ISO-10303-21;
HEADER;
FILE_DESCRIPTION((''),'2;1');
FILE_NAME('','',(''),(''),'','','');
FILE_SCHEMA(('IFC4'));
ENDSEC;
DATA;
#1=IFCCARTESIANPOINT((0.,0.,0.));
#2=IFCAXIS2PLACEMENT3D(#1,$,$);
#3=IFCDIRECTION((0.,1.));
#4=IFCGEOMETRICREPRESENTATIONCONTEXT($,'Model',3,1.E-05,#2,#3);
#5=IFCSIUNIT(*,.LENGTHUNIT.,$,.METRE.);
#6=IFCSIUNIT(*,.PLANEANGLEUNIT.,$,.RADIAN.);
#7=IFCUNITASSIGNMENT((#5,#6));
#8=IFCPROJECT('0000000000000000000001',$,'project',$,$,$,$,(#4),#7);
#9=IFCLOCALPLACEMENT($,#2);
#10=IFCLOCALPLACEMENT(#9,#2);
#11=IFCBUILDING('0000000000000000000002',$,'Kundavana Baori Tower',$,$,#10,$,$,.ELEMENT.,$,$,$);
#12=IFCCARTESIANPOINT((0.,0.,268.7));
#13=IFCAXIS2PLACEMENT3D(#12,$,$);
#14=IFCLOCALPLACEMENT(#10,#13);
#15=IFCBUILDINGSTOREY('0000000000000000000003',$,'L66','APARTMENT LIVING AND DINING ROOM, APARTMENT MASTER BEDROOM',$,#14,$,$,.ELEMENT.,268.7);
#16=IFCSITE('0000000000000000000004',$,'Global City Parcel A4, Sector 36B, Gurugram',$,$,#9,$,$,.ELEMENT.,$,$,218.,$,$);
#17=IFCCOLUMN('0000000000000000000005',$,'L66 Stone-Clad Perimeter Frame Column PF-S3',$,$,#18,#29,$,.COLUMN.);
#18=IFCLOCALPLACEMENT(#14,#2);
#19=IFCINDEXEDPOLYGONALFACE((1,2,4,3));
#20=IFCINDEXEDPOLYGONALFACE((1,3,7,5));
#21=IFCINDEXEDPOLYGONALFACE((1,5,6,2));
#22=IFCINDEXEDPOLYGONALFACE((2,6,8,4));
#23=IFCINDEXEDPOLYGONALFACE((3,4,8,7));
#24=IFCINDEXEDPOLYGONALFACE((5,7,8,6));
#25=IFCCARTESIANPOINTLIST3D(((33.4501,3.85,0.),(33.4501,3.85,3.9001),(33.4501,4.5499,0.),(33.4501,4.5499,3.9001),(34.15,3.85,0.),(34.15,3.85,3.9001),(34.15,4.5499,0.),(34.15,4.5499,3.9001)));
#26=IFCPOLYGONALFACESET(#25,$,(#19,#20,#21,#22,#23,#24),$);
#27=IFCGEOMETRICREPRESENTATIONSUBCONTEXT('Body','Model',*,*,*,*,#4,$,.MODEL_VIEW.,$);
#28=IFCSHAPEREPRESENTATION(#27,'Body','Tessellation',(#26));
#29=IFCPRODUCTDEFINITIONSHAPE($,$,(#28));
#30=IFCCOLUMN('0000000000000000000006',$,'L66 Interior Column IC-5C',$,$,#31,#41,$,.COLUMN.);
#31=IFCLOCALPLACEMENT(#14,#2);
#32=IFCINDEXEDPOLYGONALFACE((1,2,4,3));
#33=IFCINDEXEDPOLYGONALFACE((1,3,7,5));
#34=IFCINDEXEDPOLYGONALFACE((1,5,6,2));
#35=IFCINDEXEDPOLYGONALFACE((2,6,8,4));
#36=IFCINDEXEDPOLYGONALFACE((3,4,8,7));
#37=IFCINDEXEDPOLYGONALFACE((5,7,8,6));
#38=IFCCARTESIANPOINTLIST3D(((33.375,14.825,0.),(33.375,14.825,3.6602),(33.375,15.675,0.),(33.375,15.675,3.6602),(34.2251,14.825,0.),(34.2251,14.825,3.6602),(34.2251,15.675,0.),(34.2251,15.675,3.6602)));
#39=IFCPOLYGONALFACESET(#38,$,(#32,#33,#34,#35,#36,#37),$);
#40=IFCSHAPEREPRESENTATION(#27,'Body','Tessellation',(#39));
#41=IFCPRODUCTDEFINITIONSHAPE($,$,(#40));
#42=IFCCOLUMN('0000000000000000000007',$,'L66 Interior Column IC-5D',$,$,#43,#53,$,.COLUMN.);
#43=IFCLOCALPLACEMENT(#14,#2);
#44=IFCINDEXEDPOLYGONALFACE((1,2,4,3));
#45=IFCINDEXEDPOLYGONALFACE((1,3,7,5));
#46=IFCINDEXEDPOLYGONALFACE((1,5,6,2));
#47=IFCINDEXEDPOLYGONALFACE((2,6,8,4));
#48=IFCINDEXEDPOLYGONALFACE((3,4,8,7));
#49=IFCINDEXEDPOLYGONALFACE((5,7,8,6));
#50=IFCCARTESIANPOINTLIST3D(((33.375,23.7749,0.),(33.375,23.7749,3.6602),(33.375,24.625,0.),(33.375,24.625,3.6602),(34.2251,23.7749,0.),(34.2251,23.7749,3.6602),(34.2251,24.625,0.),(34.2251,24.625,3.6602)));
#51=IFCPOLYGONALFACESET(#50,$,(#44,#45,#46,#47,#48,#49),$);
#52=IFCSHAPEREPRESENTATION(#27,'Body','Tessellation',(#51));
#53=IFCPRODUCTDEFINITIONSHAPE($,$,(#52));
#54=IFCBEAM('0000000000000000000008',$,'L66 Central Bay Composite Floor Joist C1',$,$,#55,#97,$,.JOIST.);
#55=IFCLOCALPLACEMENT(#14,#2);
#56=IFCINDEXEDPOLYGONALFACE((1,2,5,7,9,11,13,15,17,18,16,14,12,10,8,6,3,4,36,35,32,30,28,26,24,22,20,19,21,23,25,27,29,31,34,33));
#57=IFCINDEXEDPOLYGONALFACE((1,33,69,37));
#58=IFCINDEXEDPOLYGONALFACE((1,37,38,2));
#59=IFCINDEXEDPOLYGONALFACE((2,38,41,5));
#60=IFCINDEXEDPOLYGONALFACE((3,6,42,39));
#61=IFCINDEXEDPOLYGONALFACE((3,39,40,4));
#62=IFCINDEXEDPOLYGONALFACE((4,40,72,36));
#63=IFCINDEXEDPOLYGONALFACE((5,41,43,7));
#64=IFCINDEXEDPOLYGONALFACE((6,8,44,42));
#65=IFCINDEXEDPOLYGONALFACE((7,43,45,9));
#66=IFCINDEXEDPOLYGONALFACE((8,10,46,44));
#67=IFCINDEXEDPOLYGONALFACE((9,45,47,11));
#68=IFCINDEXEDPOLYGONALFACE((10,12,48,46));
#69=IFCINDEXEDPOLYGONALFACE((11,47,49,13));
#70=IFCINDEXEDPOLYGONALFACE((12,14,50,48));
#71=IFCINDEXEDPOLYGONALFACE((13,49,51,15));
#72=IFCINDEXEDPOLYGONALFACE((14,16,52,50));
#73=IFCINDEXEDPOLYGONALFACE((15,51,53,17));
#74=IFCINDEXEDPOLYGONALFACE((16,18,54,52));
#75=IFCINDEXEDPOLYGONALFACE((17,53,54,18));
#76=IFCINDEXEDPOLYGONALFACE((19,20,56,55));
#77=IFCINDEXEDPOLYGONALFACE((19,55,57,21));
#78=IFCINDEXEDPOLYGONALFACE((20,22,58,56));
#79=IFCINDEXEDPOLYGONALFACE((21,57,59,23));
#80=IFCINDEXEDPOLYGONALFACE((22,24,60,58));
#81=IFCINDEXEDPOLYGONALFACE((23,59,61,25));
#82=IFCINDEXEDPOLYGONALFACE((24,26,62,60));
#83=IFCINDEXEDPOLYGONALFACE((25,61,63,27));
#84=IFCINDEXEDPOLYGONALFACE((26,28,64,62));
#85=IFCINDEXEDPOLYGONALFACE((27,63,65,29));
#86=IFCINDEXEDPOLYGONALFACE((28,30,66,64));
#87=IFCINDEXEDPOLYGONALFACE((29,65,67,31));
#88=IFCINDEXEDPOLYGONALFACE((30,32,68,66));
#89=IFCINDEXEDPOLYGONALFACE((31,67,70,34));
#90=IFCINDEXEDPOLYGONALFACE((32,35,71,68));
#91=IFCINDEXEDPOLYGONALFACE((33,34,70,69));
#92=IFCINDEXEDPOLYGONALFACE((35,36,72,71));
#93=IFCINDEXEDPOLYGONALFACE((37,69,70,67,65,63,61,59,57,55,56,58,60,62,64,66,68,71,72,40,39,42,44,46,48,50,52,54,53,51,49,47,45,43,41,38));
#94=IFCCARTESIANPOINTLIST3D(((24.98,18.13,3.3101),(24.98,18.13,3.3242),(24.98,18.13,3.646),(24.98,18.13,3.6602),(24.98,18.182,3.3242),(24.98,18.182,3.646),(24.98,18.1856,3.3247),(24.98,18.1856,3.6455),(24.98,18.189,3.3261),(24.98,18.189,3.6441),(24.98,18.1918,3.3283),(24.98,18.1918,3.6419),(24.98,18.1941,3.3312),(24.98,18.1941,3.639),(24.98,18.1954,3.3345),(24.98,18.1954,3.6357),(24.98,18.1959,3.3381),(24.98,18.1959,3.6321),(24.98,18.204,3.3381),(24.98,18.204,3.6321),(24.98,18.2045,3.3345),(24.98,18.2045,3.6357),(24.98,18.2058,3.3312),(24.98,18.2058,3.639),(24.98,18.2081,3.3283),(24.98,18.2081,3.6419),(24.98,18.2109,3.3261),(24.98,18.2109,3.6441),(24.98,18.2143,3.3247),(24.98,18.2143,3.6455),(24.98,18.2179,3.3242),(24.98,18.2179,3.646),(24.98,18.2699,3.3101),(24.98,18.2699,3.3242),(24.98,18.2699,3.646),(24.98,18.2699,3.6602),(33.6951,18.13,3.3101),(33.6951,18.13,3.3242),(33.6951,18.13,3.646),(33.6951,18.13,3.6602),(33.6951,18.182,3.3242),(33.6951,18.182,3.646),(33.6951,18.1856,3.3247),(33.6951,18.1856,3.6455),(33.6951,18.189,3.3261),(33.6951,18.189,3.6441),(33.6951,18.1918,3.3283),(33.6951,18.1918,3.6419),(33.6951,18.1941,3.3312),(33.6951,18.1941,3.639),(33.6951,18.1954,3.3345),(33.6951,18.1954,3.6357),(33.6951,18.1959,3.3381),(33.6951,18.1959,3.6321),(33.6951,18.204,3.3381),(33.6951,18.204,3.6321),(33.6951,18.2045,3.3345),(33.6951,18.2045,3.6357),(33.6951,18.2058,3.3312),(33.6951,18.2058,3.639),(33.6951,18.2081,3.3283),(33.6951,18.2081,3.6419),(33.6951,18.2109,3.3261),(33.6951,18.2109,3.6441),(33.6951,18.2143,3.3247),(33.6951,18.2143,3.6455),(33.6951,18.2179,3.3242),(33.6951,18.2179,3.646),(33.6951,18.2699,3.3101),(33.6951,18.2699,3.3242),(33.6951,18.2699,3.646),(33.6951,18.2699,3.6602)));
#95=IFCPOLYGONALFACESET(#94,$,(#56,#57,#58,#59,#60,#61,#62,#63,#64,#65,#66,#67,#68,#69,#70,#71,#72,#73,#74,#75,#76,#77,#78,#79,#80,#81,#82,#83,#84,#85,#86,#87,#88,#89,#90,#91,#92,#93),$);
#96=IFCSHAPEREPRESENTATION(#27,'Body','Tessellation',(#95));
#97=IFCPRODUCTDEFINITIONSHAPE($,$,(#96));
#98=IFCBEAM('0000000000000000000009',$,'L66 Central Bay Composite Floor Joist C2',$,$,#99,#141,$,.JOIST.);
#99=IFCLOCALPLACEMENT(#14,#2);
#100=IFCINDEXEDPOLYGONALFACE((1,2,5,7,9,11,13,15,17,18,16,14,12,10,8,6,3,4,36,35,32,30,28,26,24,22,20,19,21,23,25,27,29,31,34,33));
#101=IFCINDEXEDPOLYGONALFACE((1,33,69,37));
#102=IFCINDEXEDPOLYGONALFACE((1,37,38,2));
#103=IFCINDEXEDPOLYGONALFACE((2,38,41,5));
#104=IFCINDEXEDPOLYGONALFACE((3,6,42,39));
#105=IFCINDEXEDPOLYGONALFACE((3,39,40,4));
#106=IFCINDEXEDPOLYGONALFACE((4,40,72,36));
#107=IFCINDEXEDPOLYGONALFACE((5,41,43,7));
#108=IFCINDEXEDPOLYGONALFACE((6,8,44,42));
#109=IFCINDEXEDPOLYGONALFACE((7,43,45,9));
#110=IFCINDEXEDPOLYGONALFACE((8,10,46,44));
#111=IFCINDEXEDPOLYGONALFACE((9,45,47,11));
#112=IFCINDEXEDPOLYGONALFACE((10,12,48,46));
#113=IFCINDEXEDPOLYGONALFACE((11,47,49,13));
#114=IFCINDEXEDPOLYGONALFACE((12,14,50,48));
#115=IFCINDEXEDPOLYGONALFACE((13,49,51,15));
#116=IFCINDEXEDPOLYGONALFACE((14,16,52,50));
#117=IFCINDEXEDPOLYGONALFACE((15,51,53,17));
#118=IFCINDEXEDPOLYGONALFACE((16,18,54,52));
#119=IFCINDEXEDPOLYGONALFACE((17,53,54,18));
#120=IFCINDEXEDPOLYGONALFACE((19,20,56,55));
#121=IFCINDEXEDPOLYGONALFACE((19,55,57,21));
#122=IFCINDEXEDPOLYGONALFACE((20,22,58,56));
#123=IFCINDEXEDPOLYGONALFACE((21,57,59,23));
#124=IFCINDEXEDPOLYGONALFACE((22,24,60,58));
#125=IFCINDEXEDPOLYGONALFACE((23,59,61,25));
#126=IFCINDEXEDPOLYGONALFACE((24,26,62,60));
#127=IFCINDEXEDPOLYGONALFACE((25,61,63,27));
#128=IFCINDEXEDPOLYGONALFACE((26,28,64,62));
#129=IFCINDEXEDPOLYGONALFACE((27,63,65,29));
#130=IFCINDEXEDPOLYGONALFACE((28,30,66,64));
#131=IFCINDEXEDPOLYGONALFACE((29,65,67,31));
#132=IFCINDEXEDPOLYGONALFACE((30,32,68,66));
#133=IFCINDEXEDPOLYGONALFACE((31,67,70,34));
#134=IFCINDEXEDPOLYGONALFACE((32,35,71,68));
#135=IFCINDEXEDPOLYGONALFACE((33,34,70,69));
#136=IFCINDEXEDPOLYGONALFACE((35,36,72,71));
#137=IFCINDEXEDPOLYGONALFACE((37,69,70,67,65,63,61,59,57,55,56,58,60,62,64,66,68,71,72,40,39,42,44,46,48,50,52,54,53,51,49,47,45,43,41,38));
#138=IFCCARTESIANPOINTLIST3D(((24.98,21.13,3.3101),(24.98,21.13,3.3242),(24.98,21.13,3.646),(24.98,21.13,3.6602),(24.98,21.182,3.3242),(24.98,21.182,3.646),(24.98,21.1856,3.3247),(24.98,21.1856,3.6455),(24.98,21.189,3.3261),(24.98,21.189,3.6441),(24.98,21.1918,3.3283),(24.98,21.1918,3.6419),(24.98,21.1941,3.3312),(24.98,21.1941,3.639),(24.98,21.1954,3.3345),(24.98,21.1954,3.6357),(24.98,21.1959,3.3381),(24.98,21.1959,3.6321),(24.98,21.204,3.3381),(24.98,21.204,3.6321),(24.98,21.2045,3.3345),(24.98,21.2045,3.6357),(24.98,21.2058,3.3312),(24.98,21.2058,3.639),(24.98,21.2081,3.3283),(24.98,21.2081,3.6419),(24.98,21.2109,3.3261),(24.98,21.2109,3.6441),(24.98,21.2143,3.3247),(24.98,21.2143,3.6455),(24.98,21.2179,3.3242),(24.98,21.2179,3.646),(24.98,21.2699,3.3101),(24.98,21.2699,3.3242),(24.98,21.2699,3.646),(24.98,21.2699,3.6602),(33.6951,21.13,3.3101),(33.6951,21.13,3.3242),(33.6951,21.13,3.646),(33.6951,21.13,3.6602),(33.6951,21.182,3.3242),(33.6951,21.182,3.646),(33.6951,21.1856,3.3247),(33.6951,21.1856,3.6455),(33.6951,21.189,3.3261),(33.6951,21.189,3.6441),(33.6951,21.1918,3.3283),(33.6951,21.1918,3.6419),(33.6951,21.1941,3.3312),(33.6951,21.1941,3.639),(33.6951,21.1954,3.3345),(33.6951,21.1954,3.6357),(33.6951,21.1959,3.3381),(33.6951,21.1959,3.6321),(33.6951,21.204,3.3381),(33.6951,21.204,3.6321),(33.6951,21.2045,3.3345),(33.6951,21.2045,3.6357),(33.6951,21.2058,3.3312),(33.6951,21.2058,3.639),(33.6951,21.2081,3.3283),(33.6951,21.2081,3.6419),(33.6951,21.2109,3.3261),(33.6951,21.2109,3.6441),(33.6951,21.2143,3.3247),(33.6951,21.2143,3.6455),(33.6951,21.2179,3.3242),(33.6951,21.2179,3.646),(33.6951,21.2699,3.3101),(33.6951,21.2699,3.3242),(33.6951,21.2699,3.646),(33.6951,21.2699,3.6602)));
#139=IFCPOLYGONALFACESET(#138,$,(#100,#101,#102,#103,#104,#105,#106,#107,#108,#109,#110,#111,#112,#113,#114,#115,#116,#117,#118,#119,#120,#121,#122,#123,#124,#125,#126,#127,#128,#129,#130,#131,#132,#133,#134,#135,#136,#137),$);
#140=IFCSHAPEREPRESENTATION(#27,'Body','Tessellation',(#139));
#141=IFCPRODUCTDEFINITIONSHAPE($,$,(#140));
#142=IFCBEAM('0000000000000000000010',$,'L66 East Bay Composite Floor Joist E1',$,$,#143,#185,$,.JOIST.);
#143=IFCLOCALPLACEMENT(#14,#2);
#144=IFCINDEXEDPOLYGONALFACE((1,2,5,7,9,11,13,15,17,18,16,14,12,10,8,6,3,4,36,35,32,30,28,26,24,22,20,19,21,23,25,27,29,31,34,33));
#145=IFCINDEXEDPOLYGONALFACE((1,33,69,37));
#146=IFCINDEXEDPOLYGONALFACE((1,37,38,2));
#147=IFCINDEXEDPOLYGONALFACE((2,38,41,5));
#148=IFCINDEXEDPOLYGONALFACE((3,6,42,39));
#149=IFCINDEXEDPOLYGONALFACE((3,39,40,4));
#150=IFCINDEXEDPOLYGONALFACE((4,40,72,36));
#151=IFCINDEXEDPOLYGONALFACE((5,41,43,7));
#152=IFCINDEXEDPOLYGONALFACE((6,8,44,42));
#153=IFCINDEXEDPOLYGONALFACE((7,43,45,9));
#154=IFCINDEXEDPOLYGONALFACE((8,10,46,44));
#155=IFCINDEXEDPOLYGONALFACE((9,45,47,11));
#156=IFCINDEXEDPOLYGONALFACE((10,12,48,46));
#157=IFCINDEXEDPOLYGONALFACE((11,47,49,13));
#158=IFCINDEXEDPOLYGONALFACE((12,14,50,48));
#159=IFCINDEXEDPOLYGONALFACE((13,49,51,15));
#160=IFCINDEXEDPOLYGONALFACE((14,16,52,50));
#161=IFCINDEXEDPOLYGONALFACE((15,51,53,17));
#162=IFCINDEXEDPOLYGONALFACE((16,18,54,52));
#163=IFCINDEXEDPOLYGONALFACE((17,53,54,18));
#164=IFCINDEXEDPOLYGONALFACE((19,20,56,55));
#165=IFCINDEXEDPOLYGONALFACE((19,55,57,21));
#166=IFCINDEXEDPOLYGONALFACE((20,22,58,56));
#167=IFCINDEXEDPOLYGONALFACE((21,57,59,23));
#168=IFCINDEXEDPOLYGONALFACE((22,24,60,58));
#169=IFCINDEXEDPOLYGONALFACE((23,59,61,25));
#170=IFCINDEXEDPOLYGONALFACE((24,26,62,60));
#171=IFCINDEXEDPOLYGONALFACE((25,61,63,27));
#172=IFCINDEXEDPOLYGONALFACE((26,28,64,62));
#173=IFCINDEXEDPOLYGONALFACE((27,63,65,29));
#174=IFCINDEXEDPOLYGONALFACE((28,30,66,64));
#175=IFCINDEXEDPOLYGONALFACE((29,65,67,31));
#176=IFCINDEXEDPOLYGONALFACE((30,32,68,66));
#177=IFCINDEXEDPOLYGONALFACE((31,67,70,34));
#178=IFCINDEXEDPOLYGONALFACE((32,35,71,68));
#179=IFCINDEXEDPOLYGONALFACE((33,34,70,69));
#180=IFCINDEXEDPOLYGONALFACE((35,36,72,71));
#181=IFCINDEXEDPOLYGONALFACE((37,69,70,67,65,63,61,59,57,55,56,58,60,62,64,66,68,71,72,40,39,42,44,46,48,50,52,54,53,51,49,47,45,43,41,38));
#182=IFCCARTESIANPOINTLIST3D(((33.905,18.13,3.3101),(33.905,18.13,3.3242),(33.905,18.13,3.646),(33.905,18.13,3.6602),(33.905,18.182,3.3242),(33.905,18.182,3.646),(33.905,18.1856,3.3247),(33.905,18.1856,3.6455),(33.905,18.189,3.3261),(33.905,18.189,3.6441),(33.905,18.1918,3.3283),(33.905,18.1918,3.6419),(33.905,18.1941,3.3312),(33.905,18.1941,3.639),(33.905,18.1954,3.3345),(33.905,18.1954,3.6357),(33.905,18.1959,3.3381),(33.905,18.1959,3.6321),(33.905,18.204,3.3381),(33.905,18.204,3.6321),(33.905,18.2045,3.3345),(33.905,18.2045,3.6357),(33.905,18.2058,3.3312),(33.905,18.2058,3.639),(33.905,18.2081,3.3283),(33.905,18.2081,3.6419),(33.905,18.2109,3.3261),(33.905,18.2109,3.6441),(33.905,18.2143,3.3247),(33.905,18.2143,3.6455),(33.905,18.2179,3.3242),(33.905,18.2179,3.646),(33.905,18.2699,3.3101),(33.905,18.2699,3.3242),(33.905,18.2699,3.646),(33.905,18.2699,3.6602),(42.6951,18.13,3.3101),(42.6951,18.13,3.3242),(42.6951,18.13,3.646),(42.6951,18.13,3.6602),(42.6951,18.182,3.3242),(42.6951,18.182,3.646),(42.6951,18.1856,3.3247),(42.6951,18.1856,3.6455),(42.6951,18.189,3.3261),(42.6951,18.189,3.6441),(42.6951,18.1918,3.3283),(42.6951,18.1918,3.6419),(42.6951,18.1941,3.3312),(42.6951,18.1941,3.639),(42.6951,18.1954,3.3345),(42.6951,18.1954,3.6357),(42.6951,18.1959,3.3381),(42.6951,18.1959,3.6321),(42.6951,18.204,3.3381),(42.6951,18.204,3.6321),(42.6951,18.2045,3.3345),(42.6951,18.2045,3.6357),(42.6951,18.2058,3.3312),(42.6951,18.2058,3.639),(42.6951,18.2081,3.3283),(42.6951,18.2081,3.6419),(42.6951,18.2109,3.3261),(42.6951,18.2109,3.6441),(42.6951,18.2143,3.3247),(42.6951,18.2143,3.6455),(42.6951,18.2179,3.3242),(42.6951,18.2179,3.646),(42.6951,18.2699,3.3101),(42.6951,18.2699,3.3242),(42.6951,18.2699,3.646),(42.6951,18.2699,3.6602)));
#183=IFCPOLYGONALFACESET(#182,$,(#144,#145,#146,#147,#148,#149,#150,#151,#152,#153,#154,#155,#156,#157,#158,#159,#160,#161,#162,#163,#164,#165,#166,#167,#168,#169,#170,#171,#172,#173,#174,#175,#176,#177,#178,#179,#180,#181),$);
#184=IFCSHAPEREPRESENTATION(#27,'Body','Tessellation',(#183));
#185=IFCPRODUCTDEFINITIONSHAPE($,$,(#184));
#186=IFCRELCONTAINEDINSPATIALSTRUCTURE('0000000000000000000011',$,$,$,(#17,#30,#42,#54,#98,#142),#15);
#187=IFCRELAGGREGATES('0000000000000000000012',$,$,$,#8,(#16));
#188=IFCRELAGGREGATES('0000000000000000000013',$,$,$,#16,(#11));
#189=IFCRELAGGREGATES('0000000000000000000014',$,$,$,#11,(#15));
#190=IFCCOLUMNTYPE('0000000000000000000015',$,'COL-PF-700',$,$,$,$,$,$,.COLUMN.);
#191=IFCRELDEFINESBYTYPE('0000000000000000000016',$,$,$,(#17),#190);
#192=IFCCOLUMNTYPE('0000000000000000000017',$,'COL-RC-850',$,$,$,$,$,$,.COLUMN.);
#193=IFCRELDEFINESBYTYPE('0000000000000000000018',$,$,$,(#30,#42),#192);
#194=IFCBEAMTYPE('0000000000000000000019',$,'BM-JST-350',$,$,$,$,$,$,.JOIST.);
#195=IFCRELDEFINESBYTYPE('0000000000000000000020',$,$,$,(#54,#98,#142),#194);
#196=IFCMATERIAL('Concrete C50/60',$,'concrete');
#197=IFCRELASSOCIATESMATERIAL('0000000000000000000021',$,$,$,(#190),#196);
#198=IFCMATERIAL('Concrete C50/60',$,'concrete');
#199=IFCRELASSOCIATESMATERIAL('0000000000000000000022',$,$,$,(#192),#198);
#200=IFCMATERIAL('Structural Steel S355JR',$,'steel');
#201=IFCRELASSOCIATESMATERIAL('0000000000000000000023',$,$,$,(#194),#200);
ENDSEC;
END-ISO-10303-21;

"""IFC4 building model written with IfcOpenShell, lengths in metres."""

from ifc_helpers import new_model, si_unit, direction, frame, origin, origin_2d, place, context, subcontext, project, spatial, rectangle, i_section, extrude, material, material_profile, profile_set, type_object, element, save


model = new_model("IFC4")

# Units and contexts
model_context = context("Model", 3, precision=1e-05, world=origin(), true_north=direction((0.0, 1.0)))
body_context = subcontext(model_context, "Body", "Model", "MODEL_VIEW")
ifc_project = project(units=[si_unit("LENGTHUNIT", "METRE"), si_unit("PLANEANGLEUNIT", "RADIAN")], contexts=[model_context])

# Site, building, storey
site_placement = place(None, origin())
site = spatial("IfcSite", under=ifc_project, at=site_placement, Name="Global City Parcel A4, Sector 36B, Gurugram", CompositionType="ELEMENT", RefElevation=218.0)
building_placement = place(site_placement, origin())
building = spatial("IfcBuilding", under=site, at=building_placement, Name="Kundavana Baori Tower", CompositionType="ELEMENT")
storey_placement = place(building_placement, frame((0.0, 0.0, 268.7)))
storey = spatial("IfcBuildingStorey", under=building, at=storey_placement, Name="L66", Description="APARTMENT LIVING AND DINING ROOM, APARTMENT MASTER BEDROOM", CompositionType="ELEMENT", Elevation=268.7)

# Columns
ifc_material_1 = material(Name="Concrete C50/60", Category="concrete")
ifc_material_profile_1 = material_profile(ifc_material_1, rectangle(XDim=0.7, YDim=0.7, at=origin_2d()), Name="RC PF 700x700")
ifc_profile_set_1 = profile_set([ifc_material_profile_1], Name="Concrete C50/60")
column_type_1 = type_object("IfcColumnType", Name="COL-PF-700", PredefinedType="COLUMN", material=ifc_profile_set_1)
column_placement = place(storey_placement, frame((33.8, 4.2, 0.0), z_axis=(0.0, 0.0, 1.0), x_axis=(1.0, 0.0, 0.0)))
element("IfcColumn", 1, at=column_placement, inside=storey, type_object=column_type_1, Name="L66 Stone-Clad Perimeter Frame Column PF-S3", PredefinedType="COLUMN", context=body_context, shape_type="SweptSolid", body=[
    extrude(rectangle(XDim=0.7, YDim=0.7, at=origin_2d()), origin(), (0.0, 0.0, 1.0), 3.9001),
])
ifc_material_2 = material(Name="Concrete C50/60", Category="concrete")
ifc_material_profile_2 = material_profile(ifc_material_2, rectangle(XDim=0.8501, YDim=0.8501, at=origin_2d()), Name="RC 850x850")
ifc_profile_set_2 = profile_set([ifc_material_profile_2], Name="Concrete C50/60")
column_type_2 = type_object("IfcColumnType", Name="COL-RC-850", PredefinedType="COLUMN", material=ifc_profile_set_2)
for number, where, z_axis, x_axis, name in (
    (2, (33.8, 15.25, 0.0), (0.0, 0.0, 1.0), (1.0, 0.0, 0.0), "L66 Interior Column IC-5C"),
    (3, (33.8, 24.2, 0.0), (0.0, 0.0, 1.0), (1.0, 0.0, 0.0), "L66 Interior Column IC-5D"),
):
    element("IfcColumn", number, at=place(storey_placement, frame(where, z_axis=z_axis, x_axis=x_axis)), inside=storey, type_object=column_type_2, Name=name, PredefinedType="COLUMN", context=body_context, shape_type="SweptSolid", body=[
        extrude(rectangle(XDim=0.8501, YDim=0.8501, at=origin_2d()), origin(), (0.0, 0.0, 1.0), 3.6602),
    ])

# Beams
ifc_material_3 = material(Name="Structural Steel S355JR", Category="steel")
ifc_material_profile_3 = material_profile(ifc_material_3, i_section(OverallWidth=0.1399, OverallDepth=0.3501, WebThickness=0.0081, FlangeThickness=0.0142, FilletRadius=0.0139, at=origin_2d()), Name="ISMB 350")
ifc_profile_set_3 = profile_set([ifc_material_profile_3], Name="Structural Steel S355JR")
beam_type_1 = type_object("IfcBeamType", Name="BM-JST-350", PredefinedType="JOIST", material=ifc_profile_set_3)
for number, where, z_axis, x_axis, name in (
    (4, (24.98, 18.2, 3.4851), (1.0, 0.0, 0.0), (0.0, 1.0, 0.0), "L66 Central Bay Composite Floor Joist C1"),
    (5, (24.98, 21.2, 3.4851), (1.0, 0.0, 0.0), (0.0, 1.0, 0.0), "L66 Central Bay Composite Floor Joist C2"),
):
    element("IfcBeam", number, at=place(storey_placement, frame(where, z_axis=z_axis, x_axis=x_axis)), inside=storey, type_object=beam_type_1, Name=name, PredefinedType="JOIST", context=body_context, shape_type="SweptSolid", body=[
        extrude(i_section(OverallWidth=0.1399, OverallDepth=0.3501, WebThickness=0.0081, FlangeThickness=0.0142, FilletRadius=0.0139, at=origin_2d()), origin(), (0.0, 0.0, 1.0), 8.7151),
    ])
beam_1_placement = place(storey_placement, frame((33.905, 18.2, 3.4851), z_axis=(1.0, 0.0, 0.0), x_axis=(0.0, 1.0, 0.0)))
element("IfcBeam", 6, at=beam_1_placement, inside=storey, type_object=beam_type_1, Name="L66 East Bay Composite Floor Joist E1", PredefinedType="JOIST", context=body_context, shape_type="SweptSolid", body=[
    extrude(i_section(OverallWidth=0.1399, OverallDepth=0.3501, WebThickness=0.0081, FlangeThickness=0.0142, FilletRadius=0.0139, at=origin_2d()), origin(), (0.0, 0.0, 1.0), 8.79),
])

save(model, "model.ifc")
